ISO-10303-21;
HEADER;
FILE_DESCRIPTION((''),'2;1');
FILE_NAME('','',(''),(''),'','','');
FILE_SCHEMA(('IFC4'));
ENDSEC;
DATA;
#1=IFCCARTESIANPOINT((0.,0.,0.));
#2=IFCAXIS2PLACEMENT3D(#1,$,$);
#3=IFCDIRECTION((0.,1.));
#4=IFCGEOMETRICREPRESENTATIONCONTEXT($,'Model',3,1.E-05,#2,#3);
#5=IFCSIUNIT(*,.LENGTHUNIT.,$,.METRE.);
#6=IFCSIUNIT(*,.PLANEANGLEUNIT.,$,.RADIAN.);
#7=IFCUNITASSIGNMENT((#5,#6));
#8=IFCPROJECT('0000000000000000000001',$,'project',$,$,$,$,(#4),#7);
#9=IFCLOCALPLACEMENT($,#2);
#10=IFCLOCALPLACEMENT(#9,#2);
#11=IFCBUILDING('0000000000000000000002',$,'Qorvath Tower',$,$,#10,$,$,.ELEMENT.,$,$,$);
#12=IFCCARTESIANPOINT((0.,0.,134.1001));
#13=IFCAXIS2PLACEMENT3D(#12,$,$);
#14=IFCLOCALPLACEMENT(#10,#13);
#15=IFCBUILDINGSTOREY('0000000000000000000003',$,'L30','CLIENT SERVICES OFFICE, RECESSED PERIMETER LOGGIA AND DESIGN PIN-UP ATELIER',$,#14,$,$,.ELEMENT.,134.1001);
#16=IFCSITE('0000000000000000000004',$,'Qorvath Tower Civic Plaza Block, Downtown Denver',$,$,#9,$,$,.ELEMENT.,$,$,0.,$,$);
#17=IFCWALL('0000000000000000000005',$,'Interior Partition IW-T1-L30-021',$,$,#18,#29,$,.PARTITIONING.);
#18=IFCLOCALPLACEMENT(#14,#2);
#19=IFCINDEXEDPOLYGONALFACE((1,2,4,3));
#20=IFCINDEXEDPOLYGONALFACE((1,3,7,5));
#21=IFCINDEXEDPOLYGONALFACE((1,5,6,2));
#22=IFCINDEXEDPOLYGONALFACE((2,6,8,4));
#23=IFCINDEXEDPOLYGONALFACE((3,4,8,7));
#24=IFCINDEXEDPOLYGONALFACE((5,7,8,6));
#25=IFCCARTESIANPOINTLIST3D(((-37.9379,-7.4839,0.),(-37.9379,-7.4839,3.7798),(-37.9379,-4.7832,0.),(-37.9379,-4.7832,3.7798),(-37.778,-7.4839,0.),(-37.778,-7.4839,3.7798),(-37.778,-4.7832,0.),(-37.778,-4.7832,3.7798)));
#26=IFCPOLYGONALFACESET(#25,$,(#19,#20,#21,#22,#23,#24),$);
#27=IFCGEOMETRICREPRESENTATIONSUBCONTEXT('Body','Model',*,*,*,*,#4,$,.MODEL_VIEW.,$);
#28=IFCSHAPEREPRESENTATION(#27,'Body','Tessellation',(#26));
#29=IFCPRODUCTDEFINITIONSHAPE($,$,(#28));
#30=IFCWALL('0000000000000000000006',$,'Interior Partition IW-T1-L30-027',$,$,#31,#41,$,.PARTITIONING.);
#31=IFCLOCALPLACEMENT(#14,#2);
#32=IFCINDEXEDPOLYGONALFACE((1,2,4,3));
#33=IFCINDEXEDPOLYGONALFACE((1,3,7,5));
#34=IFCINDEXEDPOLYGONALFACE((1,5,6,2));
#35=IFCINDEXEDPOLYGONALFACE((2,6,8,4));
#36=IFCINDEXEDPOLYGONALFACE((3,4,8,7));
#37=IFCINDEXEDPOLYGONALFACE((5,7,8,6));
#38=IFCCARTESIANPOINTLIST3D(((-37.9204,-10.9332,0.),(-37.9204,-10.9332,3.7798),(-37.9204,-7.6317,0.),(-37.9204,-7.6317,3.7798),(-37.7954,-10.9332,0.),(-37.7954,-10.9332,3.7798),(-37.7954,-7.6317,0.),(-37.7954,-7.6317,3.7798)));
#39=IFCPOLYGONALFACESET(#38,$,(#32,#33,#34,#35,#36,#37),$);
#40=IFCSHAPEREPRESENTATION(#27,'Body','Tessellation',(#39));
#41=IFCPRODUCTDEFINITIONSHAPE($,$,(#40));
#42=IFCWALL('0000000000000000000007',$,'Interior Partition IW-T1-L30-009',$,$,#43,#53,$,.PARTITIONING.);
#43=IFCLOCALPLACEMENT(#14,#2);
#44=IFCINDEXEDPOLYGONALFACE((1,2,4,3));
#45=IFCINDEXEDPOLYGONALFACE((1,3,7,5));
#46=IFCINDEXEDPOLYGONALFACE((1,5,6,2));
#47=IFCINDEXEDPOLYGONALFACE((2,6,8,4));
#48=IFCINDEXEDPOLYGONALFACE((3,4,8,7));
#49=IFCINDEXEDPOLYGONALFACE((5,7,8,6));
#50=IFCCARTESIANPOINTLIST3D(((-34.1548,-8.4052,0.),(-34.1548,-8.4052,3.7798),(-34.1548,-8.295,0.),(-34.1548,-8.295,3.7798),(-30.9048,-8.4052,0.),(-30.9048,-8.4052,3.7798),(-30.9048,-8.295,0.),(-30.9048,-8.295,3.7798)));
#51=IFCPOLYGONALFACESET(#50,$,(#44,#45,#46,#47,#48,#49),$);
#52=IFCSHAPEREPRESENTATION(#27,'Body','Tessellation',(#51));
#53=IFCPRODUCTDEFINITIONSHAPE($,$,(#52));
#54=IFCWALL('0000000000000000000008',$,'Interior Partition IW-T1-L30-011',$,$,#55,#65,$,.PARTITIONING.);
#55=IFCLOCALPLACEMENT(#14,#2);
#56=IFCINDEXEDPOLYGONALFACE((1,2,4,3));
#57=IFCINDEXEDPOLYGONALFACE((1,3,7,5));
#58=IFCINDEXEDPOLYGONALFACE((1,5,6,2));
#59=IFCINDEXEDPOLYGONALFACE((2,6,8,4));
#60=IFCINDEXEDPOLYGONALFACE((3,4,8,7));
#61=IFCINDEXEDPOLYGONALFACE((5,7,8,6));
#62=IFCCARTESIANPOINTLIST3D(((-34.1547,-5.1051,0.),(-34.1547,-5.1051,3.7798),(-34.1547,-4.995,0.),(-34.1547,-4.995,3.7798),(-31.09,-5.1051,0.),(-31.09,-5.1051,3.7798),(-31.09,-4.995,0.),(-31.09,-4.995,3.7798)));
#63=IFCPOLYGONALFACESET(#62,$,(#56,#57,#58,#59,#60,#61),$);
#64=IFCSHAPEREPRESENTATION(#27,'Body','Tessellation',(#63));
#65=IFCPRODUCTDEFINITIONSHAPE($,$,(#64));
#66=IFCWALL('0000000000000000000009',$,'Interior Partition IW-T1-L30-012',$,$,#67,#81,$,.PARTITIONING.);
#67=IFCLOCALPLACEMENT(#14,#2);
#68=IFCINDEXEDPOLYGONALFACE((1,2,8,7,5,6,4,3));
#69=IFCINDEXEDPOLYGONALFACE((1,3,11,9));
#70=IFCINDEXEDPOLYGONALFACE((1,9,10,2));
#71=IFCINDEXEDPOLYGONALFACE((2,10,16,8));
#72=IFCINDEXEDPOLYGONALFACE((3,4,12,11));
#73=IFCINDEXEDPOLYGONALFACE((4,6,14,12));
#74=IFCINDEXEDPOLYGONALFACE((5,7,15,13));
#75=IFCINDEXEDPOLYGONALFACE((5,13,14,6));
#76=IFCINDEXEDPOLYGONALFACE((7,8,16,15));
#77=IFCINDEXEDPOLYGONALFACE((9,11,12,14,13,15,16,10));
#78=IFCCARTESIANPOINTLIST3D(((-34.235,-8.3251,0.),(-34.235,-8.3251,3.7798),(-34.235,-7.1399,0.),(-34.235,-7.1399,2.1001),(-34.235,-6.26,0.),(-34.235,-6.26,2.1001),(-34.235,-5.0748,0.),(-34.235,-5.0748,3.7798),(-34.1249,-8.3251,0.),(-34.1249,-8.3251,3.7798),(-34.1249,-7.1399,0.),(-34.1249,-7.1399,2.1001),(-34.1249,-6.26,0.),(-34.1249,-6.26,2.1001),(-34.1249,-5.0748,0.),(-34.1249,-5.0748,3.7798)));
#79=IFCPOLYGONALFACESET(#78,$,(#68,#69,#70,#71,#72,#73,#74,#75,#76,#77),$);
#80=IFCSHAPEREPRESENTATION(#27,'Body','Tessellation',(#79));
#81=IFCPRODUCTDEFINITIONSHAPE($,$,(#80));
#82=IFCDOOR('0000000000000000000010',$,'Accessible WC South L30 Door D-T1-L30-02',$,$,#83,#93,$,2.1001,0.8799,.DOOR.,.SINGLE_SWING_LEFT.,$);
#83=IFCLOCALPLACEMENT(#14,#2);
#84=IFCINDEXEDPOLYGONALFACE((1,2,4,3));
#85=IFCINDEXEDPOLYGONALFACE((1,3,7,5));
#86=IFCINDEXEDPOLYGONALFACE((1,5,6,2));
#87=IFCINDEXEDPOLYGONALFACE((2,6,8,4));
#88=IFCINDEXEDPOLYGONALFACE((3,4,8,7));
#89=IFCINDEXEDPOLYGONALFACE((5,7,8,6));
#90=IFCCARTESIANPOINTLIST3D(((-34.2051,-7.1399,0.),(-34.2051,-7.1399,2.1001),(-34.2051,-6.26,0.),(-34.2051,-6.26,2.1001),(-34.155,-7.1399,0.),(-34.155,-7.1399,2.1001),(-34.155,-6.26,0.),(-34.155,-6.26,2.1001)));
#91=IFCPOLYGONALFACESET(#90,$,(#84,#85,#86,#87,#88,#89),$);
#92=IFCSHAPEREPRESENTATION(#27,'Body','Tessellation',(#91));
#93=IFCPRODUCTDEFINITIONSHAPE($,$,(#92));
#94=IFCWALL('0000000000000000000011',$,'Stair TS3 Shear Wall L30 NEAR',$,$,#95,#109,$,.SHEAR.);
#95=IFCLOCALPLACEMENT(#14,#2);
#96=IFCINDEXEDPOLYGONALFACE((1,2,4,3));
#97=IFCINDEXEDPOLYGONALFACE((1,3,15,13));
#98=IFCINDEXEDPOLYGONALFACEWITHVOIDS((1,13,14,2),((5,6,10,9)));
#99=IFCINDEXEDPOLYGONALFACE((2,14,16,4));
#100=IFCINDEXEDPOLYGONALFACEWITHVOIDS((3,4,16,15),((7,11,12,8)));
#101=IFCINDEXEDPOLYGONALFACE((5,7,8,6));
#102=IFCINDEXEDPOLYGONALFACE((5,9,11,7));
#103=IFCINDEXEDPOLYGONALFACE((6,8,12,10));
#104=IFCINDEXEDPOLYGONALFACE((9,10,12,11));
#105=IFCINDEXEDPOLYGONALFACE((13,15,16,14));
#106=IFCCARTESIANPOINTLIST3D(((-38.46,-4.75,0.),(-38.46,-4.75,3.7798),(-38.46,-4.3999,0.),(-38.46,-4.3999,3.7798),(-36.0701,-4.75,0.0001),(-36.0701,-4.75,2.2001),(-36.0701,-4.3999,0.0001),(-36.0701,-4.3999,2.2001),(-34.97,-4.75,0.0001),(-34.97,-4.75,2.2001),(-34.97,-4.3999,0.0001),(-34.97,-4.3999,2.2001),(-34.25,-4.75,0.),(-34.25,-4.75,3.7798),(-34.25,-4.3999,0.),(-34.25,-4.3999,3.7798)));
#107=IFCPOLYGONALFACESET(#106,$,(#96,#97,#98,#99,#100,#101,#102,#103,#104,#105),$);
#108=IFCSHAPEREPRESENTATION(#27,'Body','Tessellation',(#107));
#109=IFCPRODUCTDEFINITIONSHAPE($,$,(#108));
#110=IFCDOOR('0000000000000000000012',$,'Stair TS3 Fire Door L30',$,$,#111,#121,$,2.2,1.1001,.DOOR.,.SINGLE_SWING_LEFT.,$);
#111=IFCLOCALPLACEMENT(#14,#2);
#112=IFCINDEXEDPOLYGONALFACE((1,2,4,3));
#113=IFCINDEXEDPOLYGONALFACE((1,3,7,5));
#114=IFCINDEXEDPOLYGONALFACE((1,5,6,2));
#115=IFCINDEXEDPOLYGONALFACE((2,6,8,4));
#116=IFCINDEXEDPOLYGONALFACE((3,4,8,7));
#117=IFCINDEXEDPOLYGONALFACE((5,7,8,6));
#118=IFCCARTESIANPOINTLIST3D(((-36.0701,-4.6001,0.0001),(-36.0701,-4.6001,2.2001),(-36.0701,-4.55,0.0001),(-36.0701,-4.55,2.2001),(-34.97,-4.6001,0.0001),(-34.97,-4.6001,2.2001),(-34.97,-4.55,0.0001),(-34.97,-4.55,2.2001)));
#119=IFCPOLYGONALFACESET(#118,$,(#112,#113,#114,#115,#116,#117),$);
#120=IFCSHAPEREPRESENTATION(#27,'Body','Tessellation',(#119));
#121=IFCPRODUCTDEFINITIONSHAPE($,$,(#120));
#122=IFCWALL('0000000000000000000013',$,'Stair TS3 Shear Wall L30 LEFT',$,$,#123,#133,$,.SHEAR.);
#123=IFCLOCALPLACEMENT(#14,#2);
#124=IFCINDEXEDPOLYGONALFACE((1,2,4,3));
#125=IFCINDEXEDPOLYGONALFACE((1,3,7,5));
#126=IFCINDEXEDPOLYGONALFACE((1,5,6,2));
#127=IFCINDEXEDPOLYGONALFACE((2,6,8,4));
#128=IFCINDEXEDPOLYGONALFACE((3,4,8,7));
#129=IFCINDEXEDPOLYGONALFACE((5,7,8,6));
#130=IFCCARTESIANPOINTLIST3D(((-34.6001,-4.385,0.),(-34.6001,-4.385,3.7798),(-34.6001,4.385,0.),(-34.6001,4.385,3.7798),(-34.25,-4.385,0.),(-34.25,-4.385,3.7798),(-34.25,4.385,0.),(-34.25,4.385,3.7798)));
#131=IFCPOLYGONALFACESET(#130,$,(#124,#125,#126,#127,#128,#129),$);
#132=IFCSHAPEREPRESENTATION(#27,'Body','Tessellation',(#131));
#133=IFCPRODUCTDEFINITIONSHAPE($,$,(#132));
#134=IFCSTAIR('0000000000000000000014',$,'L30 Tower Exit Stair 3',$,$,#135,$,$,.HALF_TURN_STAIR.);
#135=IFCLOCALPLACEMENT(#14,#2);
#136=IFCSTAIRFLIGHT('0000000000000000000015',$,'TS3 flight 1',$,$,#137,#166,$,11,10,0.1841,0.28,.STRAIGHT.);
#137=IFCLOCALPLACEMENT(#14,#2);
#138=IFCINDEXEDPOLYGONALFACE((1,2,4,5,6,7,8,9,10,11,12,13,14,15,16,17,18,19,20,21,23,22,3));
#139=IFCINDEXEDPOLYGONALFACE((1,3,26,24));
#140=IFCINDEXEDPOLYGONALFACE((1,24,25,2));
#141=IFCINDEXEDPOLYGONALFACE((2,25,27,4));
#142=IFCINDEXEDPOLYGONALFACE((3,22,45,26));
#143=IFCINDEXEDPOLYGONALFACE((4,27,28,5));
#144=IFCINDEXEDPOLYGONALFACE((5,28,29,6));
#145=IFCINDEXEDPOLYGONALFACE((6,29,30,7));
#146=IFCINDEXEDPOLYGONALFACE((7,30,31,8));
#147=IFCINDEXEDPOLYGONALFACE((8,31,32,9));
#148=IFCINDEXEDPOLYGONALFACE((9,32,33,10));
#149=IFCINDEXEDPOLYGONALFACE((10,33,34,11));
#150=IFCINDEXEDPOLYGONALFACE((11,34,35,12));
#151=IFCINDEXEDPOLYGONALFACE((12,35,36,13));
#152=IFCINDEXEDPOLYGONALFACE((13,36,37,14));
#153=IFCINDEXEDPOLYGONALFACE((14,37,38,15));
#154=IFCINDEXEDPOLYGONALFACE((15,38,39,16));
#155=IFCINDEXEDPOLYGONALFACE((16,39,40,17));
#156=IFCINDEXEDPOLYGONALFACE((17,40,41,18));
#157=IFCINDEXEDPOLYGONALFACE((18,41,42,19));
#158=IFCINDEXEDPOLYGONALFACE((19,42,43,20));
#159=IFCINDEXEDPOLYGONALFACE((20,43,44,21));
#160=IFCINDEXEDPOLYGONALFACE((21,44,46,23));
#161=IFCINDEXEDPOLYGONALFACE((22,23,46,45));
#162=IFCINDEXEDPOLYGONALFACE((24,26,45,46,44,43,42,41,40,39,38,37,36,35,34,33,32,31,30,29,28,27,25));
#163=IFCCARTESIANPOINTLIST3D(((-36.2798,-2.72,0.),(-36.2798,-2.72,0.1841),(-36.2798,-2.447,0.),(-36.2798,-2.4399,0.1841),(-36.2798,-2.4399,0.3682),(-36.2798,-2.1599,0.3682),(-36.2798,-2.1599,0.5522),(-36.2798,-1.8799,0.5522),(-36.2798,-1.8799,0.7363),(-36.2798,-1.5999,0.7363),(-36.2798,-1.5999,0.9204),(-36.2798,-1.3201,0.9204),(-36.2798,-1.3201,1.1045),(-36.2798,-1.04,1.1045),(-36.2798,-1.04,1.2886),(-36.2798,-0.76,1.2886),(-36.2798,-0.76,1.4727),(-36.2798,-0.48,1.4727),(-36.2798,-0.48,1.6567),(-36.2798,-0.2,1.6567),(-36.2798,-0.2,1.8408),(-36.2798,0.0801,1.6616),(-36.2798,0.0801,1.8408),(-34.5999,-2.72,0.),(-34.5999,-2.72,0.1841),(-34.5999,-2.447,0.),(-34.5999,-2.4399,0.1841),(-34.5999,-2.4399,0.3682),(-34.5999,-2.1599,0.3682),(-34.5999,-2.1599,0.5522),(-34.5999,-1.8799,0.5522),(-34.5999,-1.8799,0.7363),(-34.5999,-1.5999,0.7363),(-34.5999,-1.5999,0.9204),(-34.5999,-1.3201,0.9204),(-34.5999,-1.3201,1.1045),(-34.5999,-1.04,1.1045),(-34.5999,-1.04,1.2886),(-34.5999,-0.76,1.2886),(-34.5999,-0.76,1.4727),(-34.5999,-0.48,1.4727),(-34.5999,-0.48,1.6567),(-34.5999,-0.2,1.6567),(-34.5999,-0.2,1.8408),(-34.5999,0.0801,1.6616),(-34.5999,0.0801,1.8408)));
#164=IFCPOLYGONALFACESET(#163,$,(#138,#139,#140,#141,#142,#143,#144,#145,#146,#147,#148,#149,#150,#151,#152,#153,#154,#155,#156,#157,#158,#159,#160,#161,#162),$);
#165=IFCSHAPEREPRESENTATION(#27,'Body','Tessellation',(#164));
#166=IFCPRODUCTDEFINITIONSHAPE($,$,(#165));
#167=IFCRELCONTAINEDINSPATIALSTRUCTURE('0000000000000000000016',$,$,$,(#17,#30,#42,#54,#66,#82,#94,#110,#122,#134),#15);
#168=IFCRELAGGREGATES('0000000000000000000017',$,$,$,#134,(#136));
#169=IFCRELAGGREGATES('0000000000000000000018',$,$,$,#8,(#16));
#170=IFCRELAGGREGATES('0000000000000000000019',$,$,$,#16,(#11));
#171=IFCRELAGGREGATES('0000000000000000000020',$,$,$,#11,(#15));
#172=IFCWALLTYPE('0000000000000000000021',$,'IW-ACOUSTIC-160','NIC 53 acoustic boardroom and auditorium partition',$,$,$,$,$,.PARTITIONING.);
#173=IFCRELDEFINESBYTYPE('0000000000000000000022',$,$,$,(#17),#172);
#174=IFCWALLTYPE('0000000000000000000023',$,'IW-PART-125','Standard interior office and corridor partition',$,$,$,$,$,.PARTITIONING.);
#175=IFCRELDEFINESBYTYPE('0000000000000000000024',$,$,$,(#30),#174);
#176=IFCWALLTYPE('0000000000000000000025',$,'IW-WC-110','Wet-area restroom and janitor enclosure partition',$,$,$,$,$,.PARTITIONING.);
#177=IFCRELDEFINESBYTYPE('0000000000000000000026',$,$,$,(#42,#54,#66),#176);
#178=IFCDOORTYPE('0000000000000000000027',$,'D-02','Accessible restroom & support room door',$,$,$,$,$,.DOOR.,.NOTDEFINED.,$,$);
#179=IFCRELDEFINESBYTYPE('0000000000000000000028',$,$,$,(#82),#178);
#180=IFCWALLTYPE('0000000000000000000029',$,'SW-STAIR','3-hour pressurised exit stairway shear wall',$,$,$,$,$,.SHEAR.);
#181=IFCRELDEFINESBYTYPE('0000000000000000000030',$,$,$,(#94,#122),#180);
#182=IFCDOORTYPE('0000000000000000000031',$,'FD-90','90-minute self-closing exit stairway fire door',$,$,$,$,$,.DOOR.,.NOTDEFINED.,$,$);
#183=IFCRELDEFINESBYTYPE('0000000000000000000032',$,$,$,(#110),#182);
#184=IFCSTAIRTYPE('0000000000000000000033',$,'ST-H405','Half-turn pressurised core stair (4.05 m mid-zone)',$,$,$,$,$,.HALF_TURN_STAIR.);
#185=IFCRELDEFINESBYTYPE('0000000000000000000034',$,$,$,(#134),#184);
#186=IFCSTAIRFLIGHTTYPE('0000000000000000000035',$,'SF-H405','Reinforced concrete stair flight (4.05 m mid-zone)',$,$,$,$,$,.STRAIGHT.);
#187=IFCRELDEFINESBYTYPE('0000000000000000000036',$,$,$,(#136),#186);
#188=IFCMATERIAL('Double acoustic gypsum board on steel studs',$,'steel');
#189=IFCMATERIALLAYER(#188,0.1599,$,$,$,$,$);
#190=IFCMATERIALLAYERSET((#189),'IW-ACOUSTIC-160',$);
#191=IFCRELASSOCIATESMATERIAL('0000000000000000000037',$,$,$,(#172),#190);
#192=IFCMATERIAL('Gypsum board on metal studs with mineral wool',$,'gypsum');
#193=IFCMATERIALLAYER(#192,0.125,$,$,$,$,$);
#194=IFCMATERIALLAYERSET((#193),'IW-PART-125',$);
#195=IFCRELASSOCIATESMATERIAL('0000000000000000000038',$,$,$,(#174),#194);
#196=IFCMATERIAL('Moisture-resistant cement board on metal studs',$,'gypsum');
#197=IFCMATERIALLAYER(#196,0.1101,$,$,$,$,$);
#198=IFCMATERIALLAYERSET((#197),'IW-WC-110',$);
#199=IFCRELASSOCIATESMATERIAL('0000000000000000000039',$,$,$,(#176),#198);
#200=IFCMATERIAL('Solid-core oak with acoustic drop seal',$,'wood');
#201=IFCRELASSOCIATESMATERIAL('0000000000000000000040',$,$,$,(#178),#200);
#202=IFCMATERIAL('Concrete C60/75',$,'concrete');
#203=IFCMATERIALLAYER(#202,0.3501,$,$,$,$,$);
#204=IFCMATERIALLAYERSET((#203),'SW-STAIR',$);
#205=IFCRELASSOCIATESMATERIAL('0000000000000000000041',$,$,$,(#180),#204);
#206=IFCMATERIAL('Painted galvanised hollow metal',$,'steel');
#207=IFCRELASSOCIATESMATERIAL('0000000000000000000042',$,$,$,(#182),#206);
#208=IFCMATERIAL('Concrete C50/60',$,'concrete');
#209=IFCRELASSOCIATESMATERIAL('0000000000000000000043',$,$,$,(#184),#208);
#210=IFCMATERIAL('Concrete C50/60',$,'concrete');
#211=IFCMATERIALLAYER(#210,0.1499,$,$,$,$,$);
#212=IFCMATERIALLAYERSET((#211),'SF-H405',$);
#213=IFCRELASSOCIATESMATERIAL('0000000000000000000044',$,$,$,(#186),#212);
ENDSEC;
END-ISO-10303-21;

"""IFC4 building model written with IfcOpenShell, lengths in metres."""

from ifc_helpers import new_model, si_unit, direction, frame, frame_2d, origin, place, context, subcontext, project, spatial, polyline, rectangle, outline, extrude, material, layer, layer_set, type_object, element, fill, aggregate, save


model = new_model("IFC4")

# Units and contexts
model_context = context("Model", 3, precision=1e-05, world=origin(), true_north=direction((0.0, 1.0)))
body_context = subcontext(model_context, "Body", "Model", "MODEL_VIEW")
ifc_project = project(units=[si_unit("LENGTHUNIT", "METRE"), si_unit("PLANEANGLEUNIT", "RADIAN")], contexts=[model_context])

# Site, building, storey
site_placement = place(None, origin())
site = spatial("IfcSite", under=ifc_project, at=site_placement, Name="Qorvath Tower Civic Plaza Block, Downtown Denver", CompositionType="ELEMENT", RefElevation=0.0)
building_placement = place(site_placement, origin())
building = spatial("IfcBuilding", under=site, at=building_placement, Name="Qorvath Tower", CompositionType="ELEMENT")
storey_placement = place(building_placement, frame((0.0, 0.0, 134.1001)))
storey = spatial("IfcBuildingStorey", under=building, at=storey_placement, Name="L30", Description="CLIENT SERVICES OFFICE, RECESSED PERIMETER LOGGIA AND DESIGN PIN-UP ATELIER", CompositionType="ELEMENT", Elevation=134.1001)

# Walls
ifc_material_1 = material(Name="Double acoustic gypsum board on steel studs", Category="steel")
ifc_layer_1 = layer(ifc_material_1, 0.1599)
ifc_layer_set_1 = layer_set([ifc_layer_1], Name="IW-ACOUSTIC-160")
wall_type_1 = type_object("IfcWallType", Name="IW-ACOUSTIC-160", Description="NIC 53 acoustic boardroom and auditorium partition", PredefinedType="PARTITIONING", material=ifc_layer_set_1)
wall_1_placement = place(storey_placement, frame((-37.8579, -7.4839, 0.0), z_axis=(0.0, 0.0, 1.0), x_axis=(0.0, 1.0, 0.0)))
element("IfcWall", 1, at=wall_1_placement, inside=storey, type_object=wall_type_1, Name="Interior Partition IW-T1-L30-021", PredefinedType="PARTITIONING", context=body_context, shape_type="SweptSolid", body=[
    extrude(rectangle(XDim=2.7007, YDim=0.1599, at=frame_2d((1.3503, 0.0))), origin(), (0.0, 0.0, 1.0), 3.7798),
])
ifc_material_2 = material(Name="Gypsum board on metal studs with mineral wool", Category="gypsum")
ifc_layer_2 = layer(ifc_material_2, 0.125)
ifc_layer_set_2 = layer_set([ifc_layer_2], Name="IW-PART-125")
wall_type_2 = type_object("IfcWallType", Name="IW-PART-125", Description="Standard interior office and corridor partition", PredefinedType="PARTITIONING", material=ifc_layer_set_2)
wall_2_placement = place(storey_placement, frame((-37.8579, -7.6316, 0.0), z_axis=(0.0, 0.0, 1.0), x_axis=(0.0, -1.0, 0.0)))
element("IfcWall", 2, at=wall_2_placement, inside=storey, type_object=wall_type_2, Name="Interior Partition IW-T1-L30-027", PredefinedType="PARTITIONING", context=body_context, shape_type="SweptSolid", body=[
    extrude(rectangle(XDim=3.3015, YDim=0.125, at=frame_2d((1.6509, 0.0))), origin(), (0.0, 0.0, 1.0), 3.7798),
])
ifc_material_3 = material(Name="Moisture-resistant cement board on metal studs", Category="gypsum")
ifc_layer_3 = layer(ifc_material_3, 0.1101)
ifc_layer_set_3 = layer_set([ifc_layer_3], Name="IW-WC-110")
wall_type_3 = type_object("IfcWallType", Name="IW-WC-110", Description="Wet-area restroom and janitor enclosure partition", PredefinedType="PARTITIONING", material=ifc_layer_set_3)
wall_3_placement = place(storey_placement, frame((-34.1548, -8.3501, 0.0), z_axis=(0.0, 0.0, 1.0), x_axis=(1.0, 0.0, 0.0)))
element("IfcWall", 3, at=wall_3_placement, inside=storey, type_object=wall_type_3, Name="Interior Partition IW-T1-L30-009", PredefinedType="PARTITIONING", context=body_context, shape_type="SweptSolid", body=[
    extrude(rectangle(XDim=3.25, YDim=0.1101, at=frame_2d((1.625, 0.0))), origin(), (0.0, 0.0, 1.0), 3.7798),
])
wall_4_placement = place(storey_placement, frame((-31.0901, -5.05, 0.0), z_axis=(0.0, 0.0, 1.0), x_axis=(-1.0, 0.0, 0.0)))
element("IfcWall", 4, at=wall_4_placement, inside=storey, type_object=wall_type_3, Name="Interior Partition IW-T1-L30-011", PredefinedType="PARTITIONING", context=body_context, shape_type="SweptSolid", body=[
    extrude(rectangle(XDim=3.0647, YDim=0.1101, at=frame_2d((1.5322, 0.0))), origin(), (0.0, 0.0, 1.0), 3.7798),
])

# Walls, openings, doors
wall_5_placement = place(storey_placement, frame((-34.1799, -5.075, 0.0), z_axis=(0.0, 0.0, 1.0), x_axis=(0.0, -1.0, 0.0)))
wall_5 = element("IfcWall", 5, at=wall_5_placement, inside=storey, type_object=wall_type_3, Name="Interior Partition IW-T1-L30-012", PredefinedType="PARTITIONING", context=body_context, shape_type="SweptSolid", body=[
    extrude(rectangle(XDim=3.2502, YDim=0.1101, at=frame_2d((1.625, 0.0))), origin(), (0.0, 0.0, 1.0), 3.7798),
])
opening_1_placement = place(wall_5_placement, frame((1.1851, 0.0, 0.0)))
opening_1 = element("IfcOpeningElement", 6, at=opening_1_placement, cuts=wall_5, PredefinedType="OPENING", context=body_context, shape_type="SweptSolid", body=[
    extrude(rectangle(XDim=0.8799, YDim=2.1001, at=frame_2d((0.4399, 1.05))), frame((0.0, 0.0649, 0.0), z_axis=(0.0, -1.0, 0.0), x_axis=(1.0, 0.0, 0.0)), (0.0, 0.0, 1.0), 0.1301),
])
ifc_material_4 = material(Name="Solid-core oak with acoustic drop seal", Category="wood")
door_type_1 = type_object("IfcDoorType", Name="D-02", Description="Accessible restroom & support room door", OperationType="NOTDEFINED", PredefinedType="DOOR", material=ifc_material_4)
door_1_placement = place(opening_1_placement, origin())
door_1 = element("IfcDoor", 7, at=door_1_placement, inside=storey, type_object=door_type_1, Name="Accessible WC South L30 Door D-T1-L30-02", OperationType="SINGLE_SWING_LEFT", OverallHeight=2.1001, OverallWidth=0.8799, PredefinedType="DOOR", context=body_context, shape_type="SweptSolid", body=[
    extrude(rectangle(XDim=0.8799, YDim=2.1001, at=frame_2d((0.4399, 1.05))), frame((0.0, 0.0249, 0.0), z_axis=(0.0, -1.0, 0.0), x_axis=(1.0, 0.0, 0.0)), (0.0, 0.0, 1.0), 0.05),
])
fill(opening_1, door_1)
ifc_material_5 = material(Name="Concrete C60/75", Category="concrete")
ifc_layer_4 = layer(ifc_material_5, 0.3501)
ifc_layer_set_4 = layer_set([ifc_layer_4], Name="SW-STAIR")
wall_type_4 = type_object("IfcWallType", Name="SW-STAIR", Description="3-hour pressurised exit stairway shear wall", PredefinedType="SHEAR", material=ifc_layer_set_4)
wall_6_placement = place(storey_placement, frame((-38.46, -4.575, 0.0), z_axis=(0.0, 0.0, 1.0), x_axis=(1.0, 0.0, 0.0)))
wall_6 = element("IfcWall", 8, at=wall_6_placement, inside=storey, type_object=wall_type_4, Name="Stair TS3 Shear Wall L30 NEAR", PredefinedType="SHEAR", context=body_context, shape_type="SweptSolid", body=[
    extrude(rectangle(XDim=4.21, YDim=0.3501, at=frame_2d((2.105, 0.0))), origin(), (0.0, 0.0, 1.0), 3.7798),
])
opening_2_placement = place(wall_6_placement, frame((2.3899, 0.0, 0.0)))
opening_2 = element("IfcOpeningElement", 9, at=opening_2_placement, cuts=wall_6, PredefinedType="OPENING", context=body_context, shape_type="SweptSolid", body=[
    extrude(rectangle(XDim=1.1001, YDim=2.2, at=frame_2d((0.55, 1.1001))), frame((0.0, 0.1851, 0.0), z_axis=(0.0, -1.0, 0.0), x_axis=(1.0, 0.0, 0.0)), (0.0, 0.0, 1.0), 0.3701),
])
ifc_material_6 = material(Name="Painted galvanised hollow metal", Category="steel")
door_type_2 = type_object("IfcDoorType", Name="FD-90", Description="90-minute self-closing exit stairway fire door", OperationType="NOTDEFINED", PredefinedType="DOOR", material=ifc_material_6)
door_2_placement = place(opening_2_placement, origin())
door_2 = element("IfcDoor", 10, at=door_2_placement, inside=storey, type_object=door_type_2, Name="Stair TS3 Fire Door L30", OperationType="SINGLE_SWING_LEFT", OverallHeight=2.2, OverallWidth=1.1001, PredefinedType="DOOR", context=body_context, shape_type="SweptSolid", body=[
    extrude(rectangle(XDim=1.1001, YDim=2.2, at=frame_2d((0.55, 1.1001))), frame((0.0, 0.0249, 0.0), z_axis=(0.0, -1.0, 0.0), x_axis=(1.0, 0.0, 0.0)), (0.0, 0.0, 1.0), 0.05),
])
fill(opening_2, door_2)

# Wall
wall_7_placement = place(storey_placement, frame((-34.425, -4.385, 0.0), z_axis=(0.0, 0.0, 1.0), x_axis=(0.0, 1.0, 0.0)))
element("IfcWall", 11, at=wall_7_placement, inside=storey, type_object=wall_type_4, Name="Stair TS3 Shear Wall L30 LEFT", PredefinedType="SHEAR", context=body_context, shape_type="SweptSolid", body=[
    extrude(rectangle(XDim=8.77, YDim=0.3501, at=frame_2d((4.385, 0.0))), origin(), (0.0, 0.0, 1.0), 3.7798),
])

# Stair, stair flight
ifc_material_7 = material(Name="Concrete C50/60", Category="concrete")
stair_type = type_object("IfcStairType", Name="ST-H405", Description="Half-turn pressurised core stair (4.05 m mid-zone)", PredefinedType="HALF_TURN_STAIR", material=ifc_material_7)
stair_placement = place(storey_placement, origin())
stair = element("IfcStair", 12, at=stair_placement, inside=storey, type_object=stair_type, Name="L30 Tower Exit Stair 3", PredefinedType="HALF_TURN_STAIR")
ifc_material_8 = material(Name="Concrete C50/60", Category="concrete")
ifc_layer_5 = layer(ifc_material_8, 0.1499)
ifc_layer_set_5 = layer_set([ifc_layer_5], Name="SF-H405")
stair_flight_type = type_object("IfcStairFlightType", Name="SF-H405", Description="Reinforced concrete stair flight (4.05 m mid-zone)", PredefinedType="STRAIGHT", material=ifc_layer_set_5)
stair_flight_placement = place(storey_placement, frame((-35.4399, -2.72, 0.0), z_axis=(0.0, 0.0, 1.0), x_axis=(0.0, 1.0, 0.0)))
stair_flight = element("IfcStairFlight", 13, at=stair_flight_placement, type_object=stair_flight_type, Name="TS3 flight 1", NumberOfRisers=11, NumberOfTreads=10, PredefinedType="STRAIGHT", RiserHeight=0.1841, TreadLength=0.28, context=body_context, shape_type="SweptSolid", body=[
    extrude(outline(polyline([(0.0, 0.0), (0.0, 0.1841), (0.28, 0.1841), (0.28, 0.3682), (0.5601, 0.3682), (0.5601, 0.5522), (0.8401, 0.5522), (0.8401, 0.7363), (1.1201, 0.7363), (1.1201, 0.9204), (1.3999, 0.9204), (1.3999, 1.1045), (1.6799, 1.1045), (1.6799, 1.2886), (1.96, 1.2886), (1.96, 1.4727), (2.24, 1.4727), (2.24, 1.6567), (2.52, 1.6567), (2.52, 1.8408), (2.8, 1.8408), (2.8, 2.0249), (2.8, 1.6616), (0.2729, 0.0), (0.0, 0.0)])), frame((0.0, 0.8398, 0.0), z_axis=(0.0, -1.0, 0.0), x_axis=(1.0, 0.0, 0.0)), (0.0, 0.0, 1.0), 1.6799),
])
aggregate(stair, [stair_flight])

save(model, "model.ifc")
